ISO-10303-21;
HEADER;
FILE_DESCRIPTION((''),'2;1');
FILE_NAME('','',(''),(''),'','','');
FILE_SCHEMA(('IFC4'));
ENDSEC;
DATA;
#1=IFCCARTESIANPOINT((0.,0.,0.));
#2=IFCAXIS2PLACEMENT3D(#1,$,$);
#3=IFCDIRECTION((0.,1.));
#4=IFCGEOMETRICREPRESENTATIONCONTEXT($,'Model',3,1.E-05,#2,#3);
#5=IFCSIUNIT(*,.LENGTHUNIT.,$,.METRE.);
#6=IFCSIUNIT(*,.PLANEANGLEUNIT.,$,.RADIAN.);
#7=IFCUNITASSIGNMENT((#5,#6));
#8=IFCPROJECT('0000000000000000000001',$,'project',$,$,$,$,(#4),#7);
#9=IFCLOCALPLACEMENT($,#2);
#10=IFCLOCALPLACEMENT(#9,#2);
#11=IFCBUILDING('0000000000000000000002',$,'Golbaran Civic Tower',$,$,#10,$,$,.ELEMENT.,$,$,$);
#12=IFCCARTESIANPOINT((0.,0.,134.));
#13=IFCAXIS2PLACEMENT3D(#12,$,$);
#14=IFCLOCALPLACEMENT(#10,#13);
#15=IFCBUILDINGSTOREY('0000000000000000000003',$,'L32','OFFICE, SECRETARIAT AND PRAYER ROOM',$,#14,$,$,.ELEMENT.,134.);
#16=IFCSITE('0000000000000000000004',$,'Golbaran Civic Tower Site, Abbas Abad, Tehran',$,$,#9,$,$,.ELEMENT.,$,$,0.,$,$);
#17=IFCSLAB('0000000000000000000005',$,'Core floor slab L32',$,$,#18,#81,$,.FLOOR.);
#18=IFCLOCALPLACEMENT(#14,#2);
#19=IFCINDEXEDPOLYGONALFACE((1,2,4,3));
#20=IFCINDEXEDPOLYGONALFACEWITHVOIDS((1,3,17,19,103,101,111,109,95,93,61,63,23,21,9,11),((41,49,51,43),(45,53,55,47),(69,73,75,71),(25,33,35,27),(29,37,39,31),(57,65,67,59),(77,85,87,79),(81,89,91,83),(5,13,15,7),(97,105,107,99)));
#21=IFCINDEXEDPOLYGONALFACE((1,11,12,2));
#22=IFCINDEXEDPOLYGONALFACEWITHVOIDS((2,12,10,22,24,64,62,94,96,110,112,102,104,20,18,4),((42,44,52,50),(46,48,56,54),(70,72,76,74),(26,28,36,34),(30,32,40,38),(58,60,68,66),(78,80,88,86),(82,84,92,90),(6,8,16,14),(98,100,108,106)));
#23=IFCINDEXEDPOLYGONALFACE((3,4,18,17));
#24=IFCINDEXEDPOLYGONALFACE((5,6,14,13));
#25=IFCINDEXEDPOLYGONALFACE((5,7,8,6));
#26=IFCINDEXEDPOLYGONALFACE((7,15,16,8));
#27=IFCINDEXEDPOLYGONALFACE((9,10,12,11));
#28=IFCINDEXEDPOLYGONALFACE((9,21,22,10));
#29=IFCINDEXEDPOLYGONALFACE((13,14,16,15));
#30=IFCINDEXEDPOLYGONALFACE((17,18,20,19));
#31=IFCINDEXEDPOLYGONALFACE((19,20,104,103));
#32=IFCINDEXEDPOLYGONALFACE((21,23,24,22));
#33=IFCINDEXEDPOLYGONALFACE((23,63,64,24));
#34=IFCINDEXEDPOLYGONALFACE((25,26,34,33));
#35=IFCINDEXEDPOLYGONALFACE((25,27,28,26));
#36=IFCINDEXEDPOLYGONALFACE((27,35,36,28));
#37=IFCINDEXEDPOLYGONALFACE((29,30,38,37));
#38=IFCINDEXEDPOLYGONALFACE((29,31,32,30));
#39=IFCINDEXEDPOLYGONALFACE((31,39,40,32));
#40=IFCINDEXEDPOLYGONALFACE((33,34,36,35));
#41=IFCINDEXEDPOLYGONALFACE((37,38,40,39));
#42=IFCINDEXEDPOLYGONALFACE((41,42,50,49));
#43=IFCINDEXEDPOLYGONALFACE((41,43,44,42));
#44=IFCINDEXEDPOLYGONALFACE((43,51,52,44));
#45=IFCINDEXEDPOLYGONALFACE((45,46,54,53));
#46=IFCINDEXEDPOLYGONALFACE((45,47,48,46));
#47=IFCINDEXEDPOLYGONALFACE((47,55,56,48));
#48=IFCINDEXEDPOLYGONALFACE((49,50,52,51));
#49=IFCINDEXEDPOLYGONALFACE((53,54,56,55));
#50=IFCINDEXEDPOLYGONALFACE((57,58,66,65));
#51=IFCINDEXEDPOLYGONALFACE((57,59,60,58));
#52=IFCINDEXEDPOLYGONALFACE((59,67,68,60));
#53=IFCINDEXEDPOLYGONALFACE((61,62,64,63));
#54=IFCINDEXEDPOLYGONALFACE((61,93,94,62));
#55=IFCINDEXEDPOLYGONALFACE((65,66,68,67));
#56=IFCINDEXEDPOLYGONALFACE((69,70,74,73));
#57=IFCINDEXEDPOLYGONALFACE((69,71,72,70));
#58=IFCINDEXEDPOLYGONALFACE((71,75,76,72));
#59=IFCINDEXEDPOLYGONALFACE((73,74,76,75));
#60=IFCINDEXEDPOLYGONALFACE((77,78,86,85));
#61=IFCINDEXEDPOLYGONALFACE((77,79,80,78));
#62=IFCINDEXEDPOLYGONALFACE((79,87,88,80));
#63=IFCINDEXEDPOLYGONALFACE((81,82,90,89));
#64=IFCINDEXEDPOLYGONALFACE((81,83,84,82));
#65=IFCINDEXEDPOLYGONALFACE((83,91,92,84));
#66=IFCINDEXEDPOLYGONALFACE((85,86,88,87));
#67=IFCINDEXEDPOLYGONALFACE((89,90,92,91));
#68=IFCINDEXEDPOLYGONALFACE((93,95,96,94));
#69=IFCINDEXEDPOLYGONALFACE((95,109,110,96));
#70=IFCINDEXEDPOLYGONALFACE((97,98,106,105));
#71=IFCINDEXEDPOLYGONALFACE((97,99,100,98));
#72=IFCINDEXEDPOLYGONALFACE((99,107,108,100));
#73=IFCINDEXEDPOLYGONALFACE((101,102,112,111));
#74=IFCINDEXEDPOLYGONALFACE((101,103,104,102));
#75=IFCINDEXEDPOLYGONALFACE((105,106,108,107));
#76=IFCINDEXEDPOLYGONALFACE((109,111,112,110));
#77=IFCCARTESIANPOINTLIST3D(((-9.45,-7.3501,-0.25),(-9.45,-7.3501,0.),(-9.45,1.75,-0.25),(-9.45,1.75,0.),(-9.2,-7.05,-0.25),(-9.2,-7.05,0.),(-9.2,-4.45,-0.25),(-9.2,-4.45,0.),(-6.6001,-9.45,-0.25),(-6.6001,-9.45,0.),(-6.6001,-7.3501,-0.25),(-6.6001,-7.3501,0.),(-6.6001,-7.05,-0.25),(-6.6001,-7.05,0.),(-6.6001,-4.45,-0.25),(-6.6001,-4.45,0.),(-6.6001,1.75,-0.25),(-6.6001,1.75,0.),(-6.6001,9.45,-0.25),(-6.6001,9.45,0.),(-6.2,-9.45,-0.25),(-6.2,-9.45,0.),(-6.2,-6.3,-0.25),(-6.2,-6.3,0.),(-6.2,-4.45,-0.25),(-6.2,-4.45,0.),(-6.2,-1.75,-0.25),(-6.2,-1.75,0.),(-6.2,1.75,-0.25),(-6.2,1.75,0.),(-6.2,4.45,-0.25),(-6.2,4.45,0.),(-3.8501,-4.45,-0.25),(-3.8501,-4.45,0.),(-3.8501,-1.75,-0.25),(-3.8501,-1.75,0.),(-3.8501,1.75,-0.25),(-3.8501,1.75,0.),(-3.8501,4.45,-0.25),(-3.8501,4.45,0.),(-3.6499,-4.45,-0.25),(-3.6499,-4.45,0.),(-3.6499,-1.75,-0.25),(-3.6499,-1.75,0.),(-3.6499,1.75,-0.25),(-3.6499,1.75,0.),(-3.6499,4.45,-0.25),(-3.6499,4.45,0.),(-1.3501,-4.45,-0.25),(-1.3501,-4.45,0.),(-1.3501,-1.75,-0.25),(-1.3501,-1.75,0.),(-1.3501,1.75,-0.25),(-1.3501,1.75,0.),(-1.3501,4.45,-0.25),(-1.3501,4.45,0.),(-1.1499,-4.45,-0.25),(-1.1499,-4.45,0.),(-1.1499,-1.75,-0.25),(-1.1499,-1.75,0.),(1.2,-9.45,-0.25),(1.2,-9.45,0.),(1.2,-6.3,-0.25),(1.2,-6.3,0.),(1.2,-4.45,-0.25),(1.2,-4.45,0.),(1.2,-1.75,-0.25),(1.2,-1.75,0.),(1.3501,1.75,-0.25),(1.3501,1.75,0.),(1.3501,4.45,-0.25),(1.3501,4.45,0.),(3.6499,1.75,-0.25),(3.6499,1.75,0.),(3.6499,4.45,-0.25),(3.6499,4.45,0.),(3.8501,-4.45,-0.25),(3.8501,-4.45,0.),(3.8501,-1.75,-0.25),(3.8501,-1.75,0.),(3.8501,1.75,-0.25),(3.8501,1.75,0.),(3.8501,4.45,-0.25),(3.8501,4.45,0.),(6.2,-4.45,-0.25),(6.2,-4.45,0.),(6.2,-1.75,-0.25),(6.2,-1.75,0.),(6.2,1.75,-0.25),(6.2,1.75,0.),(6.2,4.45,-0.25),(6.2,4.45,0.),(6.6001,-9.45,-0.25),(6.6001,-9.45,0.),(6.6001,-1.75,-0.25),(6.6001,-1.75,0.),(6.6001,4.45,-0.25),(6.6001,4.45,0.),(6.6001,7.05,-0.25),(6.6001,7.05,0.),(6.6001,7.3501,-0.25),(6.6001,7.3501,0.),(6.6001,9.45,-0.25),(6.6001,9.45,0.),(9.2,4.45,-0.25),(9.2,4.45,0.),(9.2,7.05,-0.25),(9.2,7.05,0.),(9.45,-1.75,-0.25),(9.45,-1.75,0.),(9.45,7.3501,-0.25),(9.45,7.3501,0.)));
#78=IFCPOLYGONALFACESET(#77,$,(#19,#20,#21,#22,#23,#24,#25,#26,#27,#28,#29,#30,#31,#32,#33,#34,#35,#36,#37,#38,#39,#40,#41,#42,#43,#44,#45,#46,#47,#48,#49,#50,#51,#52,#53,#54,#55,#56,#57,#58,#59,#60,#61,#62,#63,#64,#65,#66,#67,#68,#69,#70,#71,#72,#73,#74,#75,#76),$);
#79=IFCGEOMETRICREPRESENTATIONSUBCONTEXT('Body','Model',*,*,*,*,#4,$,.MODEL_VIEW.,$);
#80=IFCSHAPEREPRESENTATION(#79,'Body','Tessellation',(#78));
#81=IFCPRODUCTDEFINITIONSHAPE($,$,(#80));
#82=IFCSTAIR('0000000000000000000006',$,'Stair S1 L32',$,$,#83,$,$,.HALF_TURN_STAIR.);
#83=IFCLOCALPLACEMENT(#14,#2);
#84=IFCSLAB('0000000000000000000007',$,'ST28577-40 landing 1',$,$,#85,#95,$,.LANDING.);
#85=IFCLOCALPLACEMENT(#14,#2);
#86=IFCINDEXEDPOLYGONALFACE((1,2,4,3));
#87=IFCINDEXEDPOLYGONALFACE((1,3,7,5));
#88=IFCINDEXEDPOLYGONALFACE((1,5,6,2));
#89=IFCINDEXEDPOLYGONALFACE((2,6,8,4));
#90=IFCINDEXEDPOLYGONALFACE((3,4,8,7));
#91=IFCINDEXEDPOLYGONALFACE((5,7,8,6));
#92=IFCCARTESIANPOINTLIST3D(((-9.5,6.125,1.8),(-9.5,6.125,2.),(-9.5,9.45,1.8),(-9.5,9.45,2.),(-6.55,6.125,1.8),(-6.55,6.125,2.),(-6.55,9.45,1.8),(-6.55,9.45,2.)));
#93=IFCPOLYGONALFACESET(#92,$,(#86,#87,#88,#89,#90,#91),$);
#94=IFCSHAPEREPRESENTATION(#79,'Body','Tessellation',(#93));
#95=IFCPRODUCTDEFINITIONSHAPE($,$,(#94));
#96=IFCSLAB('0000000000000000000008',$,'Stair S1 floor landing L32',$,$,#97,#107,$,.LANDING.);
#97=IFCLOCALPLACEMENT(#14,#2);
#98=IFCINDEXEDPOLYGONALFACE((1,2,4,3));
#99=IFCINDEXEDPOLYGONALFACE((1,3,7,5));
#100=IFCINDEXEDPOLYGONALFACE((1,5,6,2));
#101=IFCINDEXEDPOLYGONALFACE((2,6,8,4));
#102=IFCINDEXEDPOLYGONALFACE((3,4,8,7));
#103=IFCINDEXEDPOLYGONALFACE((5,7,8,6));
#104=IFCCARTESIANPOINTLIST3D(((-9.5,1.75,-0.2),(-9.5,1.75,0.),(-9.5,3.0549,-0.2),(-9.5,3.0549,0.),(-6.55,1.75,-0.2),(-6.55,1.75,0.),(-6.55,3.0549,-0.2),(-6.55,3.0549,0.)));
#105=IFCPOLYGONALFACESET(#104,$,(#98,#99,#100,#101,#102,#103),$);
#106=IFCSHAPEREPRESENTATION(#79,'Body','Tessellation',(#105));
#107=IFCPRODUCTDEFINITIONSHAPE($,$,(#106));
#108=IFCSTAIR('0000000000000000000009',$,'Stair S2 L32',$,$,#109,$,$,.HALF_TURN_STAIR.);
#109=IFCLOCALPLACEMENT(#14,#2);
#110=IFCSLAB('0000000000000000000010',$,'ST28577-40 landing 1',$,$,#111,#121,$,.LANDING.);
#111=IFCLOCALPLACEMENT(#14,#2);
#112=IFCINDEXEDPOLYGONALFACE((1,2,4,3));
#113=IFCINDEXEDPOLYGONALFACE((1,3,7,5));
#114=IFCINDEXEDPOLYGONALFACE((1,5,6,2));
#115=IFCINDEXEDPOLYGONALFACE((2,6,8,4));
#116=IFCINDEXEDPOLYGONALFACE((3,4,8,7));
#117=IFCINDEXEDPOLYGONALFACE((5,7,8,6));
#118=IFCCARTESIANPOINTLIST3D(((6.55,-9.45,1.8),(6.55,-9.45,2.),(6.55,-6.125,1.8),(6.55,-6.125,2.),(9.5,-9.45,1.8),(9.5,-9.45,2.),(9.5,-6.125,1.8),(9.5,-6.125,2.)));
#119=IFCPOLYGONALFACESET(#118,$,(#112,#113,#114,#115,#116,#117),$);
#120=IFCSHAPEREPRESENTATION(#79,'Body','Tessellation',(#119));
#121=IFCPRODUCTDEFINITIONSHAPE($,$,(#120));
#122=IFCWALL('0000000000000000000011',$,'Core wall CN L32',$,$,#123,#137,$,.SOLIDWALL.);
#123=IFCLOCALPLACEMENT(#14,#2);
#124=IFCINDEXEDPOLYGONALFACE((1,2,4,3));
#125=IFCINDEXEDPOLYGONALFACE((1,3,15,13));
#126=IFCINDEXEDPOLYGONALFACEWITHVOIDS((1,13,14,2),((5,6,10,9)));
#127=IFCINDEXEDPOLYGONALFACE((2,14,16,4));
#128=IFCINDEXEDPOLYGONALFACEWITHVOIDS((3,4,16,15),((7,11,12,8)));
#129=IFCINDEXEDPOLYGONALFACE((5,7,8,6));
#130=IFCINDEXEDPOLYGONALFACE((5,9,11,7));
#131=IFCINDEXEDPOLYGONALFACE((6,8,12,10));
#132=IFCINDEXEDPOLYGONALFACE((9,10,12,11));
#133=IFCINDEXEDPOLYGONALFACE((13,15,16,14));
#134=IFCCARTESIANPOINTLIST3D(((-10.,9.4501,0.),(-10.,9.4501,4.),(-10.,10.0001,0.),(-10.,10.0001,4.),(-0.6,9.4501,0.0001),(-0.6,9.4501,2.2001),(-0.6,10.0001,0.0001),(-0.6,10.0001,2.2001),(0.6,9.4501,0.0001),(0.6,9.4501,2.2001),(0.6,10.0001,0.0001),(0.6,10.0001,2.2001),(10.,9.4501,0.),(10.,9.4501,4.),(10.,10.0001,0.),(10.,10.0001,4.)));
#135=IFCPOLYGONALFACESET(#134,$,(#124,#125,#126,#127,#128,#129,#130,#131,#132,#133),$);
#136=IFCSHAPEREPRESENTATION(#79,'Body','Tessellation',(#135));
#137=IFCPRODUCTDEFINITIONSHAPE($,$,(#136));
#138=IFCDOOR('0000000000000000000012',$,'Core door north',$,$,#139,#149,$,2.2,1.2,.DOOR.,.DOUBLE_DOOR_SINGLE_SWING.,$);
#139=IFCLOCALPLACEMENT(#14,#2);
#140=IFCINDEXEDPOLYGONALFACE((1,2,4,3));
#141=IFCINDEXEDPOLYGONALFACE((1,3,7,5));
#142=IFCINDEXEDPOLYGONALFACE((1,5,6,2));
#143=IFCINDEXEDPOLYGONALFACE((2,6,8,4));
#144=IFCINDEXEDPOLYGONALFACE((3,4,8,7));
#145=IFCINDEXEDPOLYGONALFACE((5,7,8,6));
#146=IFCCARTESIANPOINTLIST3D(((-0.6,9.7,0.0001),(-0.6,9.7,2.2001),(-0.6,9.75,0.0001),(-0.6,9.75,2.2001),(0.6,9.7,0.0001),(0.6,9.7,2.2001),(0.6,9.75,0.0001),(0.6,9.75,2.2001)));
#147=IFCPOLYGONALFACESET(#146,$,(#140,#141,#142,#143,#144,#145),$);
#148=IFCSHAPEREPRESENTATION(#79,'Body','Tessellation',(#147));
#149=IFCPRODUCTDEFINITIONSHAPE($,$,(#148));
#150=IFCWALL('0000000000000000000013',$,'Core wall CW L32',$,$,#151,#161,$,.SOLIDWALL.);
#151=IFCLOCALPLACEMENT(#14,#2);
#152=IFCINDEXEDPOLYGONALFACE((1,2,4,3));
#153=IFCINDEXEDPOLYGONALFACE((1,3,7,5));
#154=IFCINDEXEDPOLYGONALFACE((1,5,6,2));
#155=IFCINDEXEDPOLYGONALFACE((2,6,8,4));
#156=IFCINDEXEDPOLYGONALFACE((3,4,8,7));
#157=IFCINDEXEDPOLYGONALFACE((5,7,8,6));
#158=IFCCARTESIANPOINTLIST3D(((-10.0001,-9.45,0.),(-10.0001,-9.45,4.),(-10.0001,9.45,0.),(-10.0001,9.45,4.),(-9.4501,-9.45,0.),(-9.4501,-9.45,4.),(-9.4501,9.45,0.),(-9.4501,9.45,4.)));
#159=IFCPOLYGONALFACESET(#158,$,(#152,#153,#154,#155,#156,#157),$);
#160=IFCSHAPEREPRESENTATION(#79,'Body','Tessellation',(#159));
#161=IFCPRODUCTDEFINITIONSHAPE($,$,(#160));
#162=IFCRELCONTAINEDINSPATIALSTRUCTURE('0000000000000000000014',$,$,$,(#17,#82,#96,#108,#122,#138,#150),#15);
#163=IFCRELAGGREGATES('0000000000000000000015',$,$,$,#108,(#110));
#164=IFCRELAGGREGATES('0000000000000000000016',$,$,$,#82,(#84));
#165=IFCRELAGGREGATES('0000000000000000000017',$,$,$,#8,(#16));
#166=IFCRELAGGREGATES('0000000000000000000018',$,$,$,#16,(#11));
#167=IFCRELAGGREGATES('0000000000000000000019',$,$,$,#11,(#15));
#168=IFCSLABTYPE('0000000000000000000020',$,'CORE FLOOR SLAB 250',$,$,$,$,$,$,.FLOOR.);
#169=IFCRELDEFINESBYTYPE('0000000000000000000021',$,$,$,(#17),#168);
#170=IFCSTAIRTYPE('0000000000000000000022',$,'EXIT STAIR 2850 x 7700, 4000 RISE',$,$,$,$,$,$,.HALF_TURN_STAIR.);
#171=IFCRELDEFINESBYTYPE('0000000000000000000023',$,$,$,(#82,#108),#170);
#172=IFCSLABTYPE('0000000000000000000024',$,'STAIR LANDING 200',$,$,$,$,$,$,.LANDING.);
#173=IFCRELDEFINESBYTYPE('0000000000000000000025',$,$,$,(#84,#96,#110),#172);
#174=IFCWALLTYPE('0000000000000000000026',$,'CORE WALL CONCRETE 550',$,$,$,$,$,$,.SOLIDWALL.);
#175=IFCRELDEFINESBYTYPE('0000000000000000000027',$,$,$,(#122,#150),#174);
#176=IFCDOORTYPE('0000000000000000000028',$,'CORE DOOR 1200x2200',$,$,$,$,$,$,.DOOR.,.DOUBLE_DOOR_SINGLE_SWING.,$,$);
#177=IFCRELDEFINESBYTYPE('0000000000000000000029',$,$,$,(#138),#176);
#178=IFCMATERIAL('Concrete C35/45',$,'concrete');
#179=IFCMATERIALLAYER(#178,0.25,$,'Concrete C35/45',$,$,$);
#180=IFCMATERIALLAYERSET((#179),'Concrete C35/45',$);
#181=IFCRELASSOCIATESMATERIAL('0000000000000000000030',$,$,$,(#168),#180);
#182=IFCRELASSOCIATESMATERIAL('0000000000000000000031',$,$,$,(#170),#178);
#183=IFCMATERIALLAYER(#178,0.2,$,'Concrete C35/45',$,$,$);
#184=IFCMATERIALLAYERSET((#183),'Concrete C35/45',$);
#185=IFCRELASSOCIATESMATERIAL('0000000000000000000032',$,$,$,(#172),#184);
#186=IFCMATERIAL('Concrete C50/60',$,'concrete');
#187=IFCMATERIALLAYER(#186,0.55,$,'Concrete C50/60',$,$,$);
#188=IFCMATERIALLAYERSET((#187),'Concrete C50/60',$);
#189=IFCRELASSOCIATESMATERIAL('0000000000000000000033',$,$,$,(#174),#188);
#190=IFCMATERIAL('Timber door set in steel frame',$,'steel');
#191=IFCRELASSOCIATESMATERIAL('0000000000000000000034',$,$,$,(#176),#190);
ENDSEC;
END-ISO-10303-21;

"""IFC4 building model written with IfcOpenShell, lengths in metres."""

from ifc_helpers import new_model, si_unit, direction, frame, frame_2d, origin, place, context, subcontext, project, spatial, polyline, rectangle, outline, extrude, material, layer, layer_set, type_object, element, fill, aggregate, save


model = new_model("IFC4")

# Units and contexts
model_context = context("Model", 3, precision=1e-05, world=origin(), true_north=direction((0.0, 1.0)))
body_context = subcontext(model_context, "Body", "Model", "MODEL_VIEW")
ifc_project = project(units=[si_unit("LENGTHUNIT", "METRE"), si_unit("PLANEANGLEUNIT", "RADIAN")], contexts=[model_context])

# Site, building, storey
site_placement = place(None, origin())
site = spatial("IfcSite", under=ifc_project, at=site_placement, Name="Golbaran Civic Tower Site, Abbas Abad, Tehran", CompositionType="ELEMENT", RefElevation=0.0)
building_placement = place(site_placement, origin())
building = spatial("IfcBuilding", under=site, at=building_placement, Name="Golbaran Civic Tower", CompositionType="ELEMENT")
storey_placement = place(building_placement, frame((0.0, 0.0, 134.0)))
storey = spatial("IfcBuildingStorey", under=building, at=storey_placement, Name="L32", Description="OFFICE, SECRETARIAT AND PRAYER ROOM", CompositionType="ELEMENT", Elevation=134.0)

# Slab
ifc_material_1 = material(Name="Concrete C35/45", Category="concrete")
ifc_layer_1 = layer(ifc_material_1, 0.25, Name="Concrete C35/45")
ifc_layer_set_1 = layer_set([ifc_layer_1], Name="Concrete C35/45")
slab_type_1 = type_object("IfcSlabType", Name="CORE FLOOR SLAB 250", PredefinedType="FLOOR", material=ifc_layer_set_1)
slab_1_placement = place(storey_placement, frame((0.0, 0.0, -0.25)))
element("IfcSlab", 1, at=slab_1_placement, inside=storey, type_object=slab_type_1, Name="Core floor slab L32", PredefinedType="FLOOR", context=body_context, shape_type="SweptSolid", body=[
    extrude(outline(polyline([(6.6001, -1.75), (6.6001, -9.45), (1.2, -9.45), (1.2, -6.3), (-6.2, -6.3), (-6.2, -9.45), (-6.6001, -9.45), (-6.6001, -7.3501), (-9.45, -7.3501), (-9.45, 1.75), (-6.6001, 1.75), (-6.6001, 9.45), (6.6001, 9.45), (6.6001, 7.3501), (9.45, 7.3501), (9.45, -1.75), (6.6001, -1.75)]), holes=[polyline([(9.2, 7.05), (6.6001, 7.05), (6.6001, 4.45), (9.2, 4.45), (9.2, 7.05)]), polyline([(6.2, -1.75), (3.8501, -1.75), (3.8501, -4.45), (6.2, -4.45), (6.2, -1.75)]), polyline([(6.2, 4.45), (3.8501, 4.45), (3.8501, 1.75), (6.2, 1.75), (6.2, 4.45)]), polyline([(3.6499, 4.45), (1.3501, 4.45), (1.3501, 1.75), (3.6499, 1.75), (3.6499, 4.45)]), polyline([(1.2, -1.75), (-1.1499, -1.75), (-1.1499, -4.45), (1.2, -4.45), (1.2, -1.75)]), polyline([(-1.3501, 4.45), (-3.6499, 4.45), (-3.6499, 1.75), (-1.3501, 1.75), (-1.3501, 4.45)]), polyline([(-1.3501, -1.75), (-3.6499, -1.75), (-3.6499, -4.45), (-1.3501, -4.45), (-1.3501, -1.75)]), polyline([(-3.8501, -1.75), (-6.2, -1.75), (-6.2, -4.45), (-3.8501, -4.45), (-3.8501, -1.75)]), polyline([(-3.8501, 4.45), (-6.2, 4.45), (-6.2, 1.75), (-3.8501, 1.75), (-3.8501, 4.45)]), polyline([(-6.6001, -4.45), (-9.2, -4.45), (-9.2, -7.05), (-6.6001, -7.05), (-6.6001, -4.45)])]), origin(), (0.0, 0.0, 1.0), 0.25),
])

# Stair, slab
stair_type = type_object("IfcStairType", Name="EXIT STAIR 2850 x 7700, 4000 RISE", PredefinedType="HALF_TURN_STAIR", material=ifc_material_1)
stair_1_placement = place(storey_placement, origin())
stair_1 = element("IfcStair", 2, at=stair_1_placement, inside=storey, type_object=stair_type, Name="Stair S1 L32", PredefinedType="HALF_TURN_STAIR")
ifc_layer_2 = layer(ifc_material_1, 0.2, Name="Concrete C35/45")
ifc_layer_set_2 = layer_set([ifc_layer_2], Name="Concrete C35/45")
slab_type_2 = type_object("IfcSlabType", Name="STAIR LANDING 200", PredefinedType="LANDING", material=ifc_layer_set_2)
slab_2_placement = place(storey_placement, frame((0.0, 0.0, 1.8)))
slab_2 = element("IfcSlab", 3, at=slab_2_placement, type_object=slab_type_2, Name="ST28577-40 landing 1", PredefinedType="LANDING", context=body_context, shape_type="SweptSolid", body=[
    extrude(outline(polyline([(-9.5, 6.125), (-9.5, 9.45), (-6.55, 9.45), (-6.55, 6.125), (-9.5, 6.125)])), origin(), (0.0, 0.0, 1.0), 0.2),
])

# Slab
slab_3_placement = place(storey_placement, frame((0.0, 0.0, -0.2)))
element("IfcSlab", 4, at=slab_3_placement, inside=storey, type_object=slab_type_2, Name="Stair S1 floor landing L32", PredefinedType="LANDING", context=body_context, shape_type="SweptSolid", body=[
    extrude(outline(polyline([(-9.5, 1.75), (-9.5, 3.0549), (-6.55, 3.0549), (-6.55, 1.75), (-9.5, 1.75)])), origin(), (0.0, 0.0, 1.0), 0.2),
])

# Stair, slab
stair_2_placement = place(storey_placement, origin())
stair_2 = element("IfcStair", 5, at=stair_2_placement, inside=storey, type_object=stair_type, Name="Stair S2 L32", PredefinedType="HALF_TURN_STAIR")
slab_4_placement = place(storey_placement, frame((0.0, 0.0, 1.8)))
slab_4 = element("IfcSlab", 6, at=slab_4_placement, type_object=slab_type_2, Name="ST28577-40 landing 1", PredefinedType="LANDING", context=body_context, shape_type="SweptSolid", body=[
    extrude(outline(polyline([(9.5, -6.125), (9.5, -9.45), (6.55, -9.45), (6.55, -6.125), (9.5, -6.125)])), origin(), (0.0, 0.0, 1.0), 0.2),
])
aggregate(stair_2, [slab_4])

# Wall, opening, door
ifc_material_2 = material(Name="Concrete C50/60", Category="concrete")
ifc_layer_3 = layer(ifc_material_2, 0.55, Name="Concrete C50/60")
ifc_layer_set_3 = layer_set([ifc_layer_3], Name="Concrete C50/60")
wall_type_1 = type_object("IfcWallType", Name="CORE WALL CONCRETE 550", PredefinedType="SOLIDWALL", material=ifc_layer_set_3)
wall_1_placement = place(storey_placement, frame((-10.0, 9.7251, 0.0), z_axis=(0.0, 0.0, 1.0), x_axis=(1.0, 0.0, 0.0)))
wall_1 = element("IfcWall", 7, at=wall_1_placement, inside=storey, type_object=wall_type_1, Name="Core wall CN L32", PredefinedType="SOLIDWALL", context=body_context, shape_type="SweptSolid", body=[
    extrude(rectangle(XDim=20.0, YDim=0.55, at=frame_2d((10.0, 0.0))), origin(), (0.0, 0.0, 1.0), 4.0),
])
opening_1_placement = place(wall_1_placement, frame((9.3999, 0.0, 0.0)))
opening_1 = element("IfcOpeningElement", 8, at=opening_1_placement, cuts=wall_1, PredefinedType="OPENING", context=body_context, shape_type="SweptSolid", body=[
    extrude(rectangle(XDim=1.2, YDim=2.2, at=frame_2d((0.6001, 1.1001))), frame((0.0, 0.2849, 0.0), z_axis=(0.0, -1.0, 0.0), x_axis=(1.0, 0.0, 0.0)), (0.0, 0.0, 1.0), 0.5701),
])
ifc_material_3 = material(Name="Timber door set in steel frame", Category="steel")
door_type_1 = type_object("IfcDoorType", Name="CORE DOOR 1200x2200", OperationType="DOUBLE_DOOR_SINGLE_SWING", PredefinedType="DOOR", material=ifc_material_3)
door_1_placement = place(opening_1_placement, origin())
door_1 = element("IfcDoor", 9, at=door_1_placement, inside=storey, type_object=door_type_1, Name="Core door north", OperationType="DOUBLE_DOOR_SINGLE_SWING", OverallHeight=2.2, OverallWidth=1.2, PredefinedType="DOOR", context=body_context, shape_type="SweptSolid", body=[
    extrude(rectangle(XDim=1.2, YDim=2.2, at=frame_2d((0.6001, 1.1001))), frame((0.0, 0.0249, 0.0), z_axis=(0.0, -1.0, 0.0), x_axis=(1.0, 0.0, 0.0)), (0.0, 0.0, 1.0), 0.05),
])
fill(opening_1, door_1)

# Wall
wall_2_placement = place(storey_placement, frame((-9.7251, 9.45, 0.0), z_axis=(0.0, 0.0, 1.0), x_axis=(0.0, -1.0, 0.0)))
element("IfcWall", 10, at=wall_2_placement, inside=storey, type_object=wall_type_1, Name="Core wall CW L32", PredefinedType="SOLIDWALL", context=body_context, shape_type="SweptSolid", body=[
    extrude(rectangle(XDim=18.8999, YDim=0.55, at=frame_2d((9.45, 0.0))), origin(), (0.0, 0.0, 1.0), 4.0),
])

aggregate(stair_1, [slab_2])

save(model, "model.ifc")
